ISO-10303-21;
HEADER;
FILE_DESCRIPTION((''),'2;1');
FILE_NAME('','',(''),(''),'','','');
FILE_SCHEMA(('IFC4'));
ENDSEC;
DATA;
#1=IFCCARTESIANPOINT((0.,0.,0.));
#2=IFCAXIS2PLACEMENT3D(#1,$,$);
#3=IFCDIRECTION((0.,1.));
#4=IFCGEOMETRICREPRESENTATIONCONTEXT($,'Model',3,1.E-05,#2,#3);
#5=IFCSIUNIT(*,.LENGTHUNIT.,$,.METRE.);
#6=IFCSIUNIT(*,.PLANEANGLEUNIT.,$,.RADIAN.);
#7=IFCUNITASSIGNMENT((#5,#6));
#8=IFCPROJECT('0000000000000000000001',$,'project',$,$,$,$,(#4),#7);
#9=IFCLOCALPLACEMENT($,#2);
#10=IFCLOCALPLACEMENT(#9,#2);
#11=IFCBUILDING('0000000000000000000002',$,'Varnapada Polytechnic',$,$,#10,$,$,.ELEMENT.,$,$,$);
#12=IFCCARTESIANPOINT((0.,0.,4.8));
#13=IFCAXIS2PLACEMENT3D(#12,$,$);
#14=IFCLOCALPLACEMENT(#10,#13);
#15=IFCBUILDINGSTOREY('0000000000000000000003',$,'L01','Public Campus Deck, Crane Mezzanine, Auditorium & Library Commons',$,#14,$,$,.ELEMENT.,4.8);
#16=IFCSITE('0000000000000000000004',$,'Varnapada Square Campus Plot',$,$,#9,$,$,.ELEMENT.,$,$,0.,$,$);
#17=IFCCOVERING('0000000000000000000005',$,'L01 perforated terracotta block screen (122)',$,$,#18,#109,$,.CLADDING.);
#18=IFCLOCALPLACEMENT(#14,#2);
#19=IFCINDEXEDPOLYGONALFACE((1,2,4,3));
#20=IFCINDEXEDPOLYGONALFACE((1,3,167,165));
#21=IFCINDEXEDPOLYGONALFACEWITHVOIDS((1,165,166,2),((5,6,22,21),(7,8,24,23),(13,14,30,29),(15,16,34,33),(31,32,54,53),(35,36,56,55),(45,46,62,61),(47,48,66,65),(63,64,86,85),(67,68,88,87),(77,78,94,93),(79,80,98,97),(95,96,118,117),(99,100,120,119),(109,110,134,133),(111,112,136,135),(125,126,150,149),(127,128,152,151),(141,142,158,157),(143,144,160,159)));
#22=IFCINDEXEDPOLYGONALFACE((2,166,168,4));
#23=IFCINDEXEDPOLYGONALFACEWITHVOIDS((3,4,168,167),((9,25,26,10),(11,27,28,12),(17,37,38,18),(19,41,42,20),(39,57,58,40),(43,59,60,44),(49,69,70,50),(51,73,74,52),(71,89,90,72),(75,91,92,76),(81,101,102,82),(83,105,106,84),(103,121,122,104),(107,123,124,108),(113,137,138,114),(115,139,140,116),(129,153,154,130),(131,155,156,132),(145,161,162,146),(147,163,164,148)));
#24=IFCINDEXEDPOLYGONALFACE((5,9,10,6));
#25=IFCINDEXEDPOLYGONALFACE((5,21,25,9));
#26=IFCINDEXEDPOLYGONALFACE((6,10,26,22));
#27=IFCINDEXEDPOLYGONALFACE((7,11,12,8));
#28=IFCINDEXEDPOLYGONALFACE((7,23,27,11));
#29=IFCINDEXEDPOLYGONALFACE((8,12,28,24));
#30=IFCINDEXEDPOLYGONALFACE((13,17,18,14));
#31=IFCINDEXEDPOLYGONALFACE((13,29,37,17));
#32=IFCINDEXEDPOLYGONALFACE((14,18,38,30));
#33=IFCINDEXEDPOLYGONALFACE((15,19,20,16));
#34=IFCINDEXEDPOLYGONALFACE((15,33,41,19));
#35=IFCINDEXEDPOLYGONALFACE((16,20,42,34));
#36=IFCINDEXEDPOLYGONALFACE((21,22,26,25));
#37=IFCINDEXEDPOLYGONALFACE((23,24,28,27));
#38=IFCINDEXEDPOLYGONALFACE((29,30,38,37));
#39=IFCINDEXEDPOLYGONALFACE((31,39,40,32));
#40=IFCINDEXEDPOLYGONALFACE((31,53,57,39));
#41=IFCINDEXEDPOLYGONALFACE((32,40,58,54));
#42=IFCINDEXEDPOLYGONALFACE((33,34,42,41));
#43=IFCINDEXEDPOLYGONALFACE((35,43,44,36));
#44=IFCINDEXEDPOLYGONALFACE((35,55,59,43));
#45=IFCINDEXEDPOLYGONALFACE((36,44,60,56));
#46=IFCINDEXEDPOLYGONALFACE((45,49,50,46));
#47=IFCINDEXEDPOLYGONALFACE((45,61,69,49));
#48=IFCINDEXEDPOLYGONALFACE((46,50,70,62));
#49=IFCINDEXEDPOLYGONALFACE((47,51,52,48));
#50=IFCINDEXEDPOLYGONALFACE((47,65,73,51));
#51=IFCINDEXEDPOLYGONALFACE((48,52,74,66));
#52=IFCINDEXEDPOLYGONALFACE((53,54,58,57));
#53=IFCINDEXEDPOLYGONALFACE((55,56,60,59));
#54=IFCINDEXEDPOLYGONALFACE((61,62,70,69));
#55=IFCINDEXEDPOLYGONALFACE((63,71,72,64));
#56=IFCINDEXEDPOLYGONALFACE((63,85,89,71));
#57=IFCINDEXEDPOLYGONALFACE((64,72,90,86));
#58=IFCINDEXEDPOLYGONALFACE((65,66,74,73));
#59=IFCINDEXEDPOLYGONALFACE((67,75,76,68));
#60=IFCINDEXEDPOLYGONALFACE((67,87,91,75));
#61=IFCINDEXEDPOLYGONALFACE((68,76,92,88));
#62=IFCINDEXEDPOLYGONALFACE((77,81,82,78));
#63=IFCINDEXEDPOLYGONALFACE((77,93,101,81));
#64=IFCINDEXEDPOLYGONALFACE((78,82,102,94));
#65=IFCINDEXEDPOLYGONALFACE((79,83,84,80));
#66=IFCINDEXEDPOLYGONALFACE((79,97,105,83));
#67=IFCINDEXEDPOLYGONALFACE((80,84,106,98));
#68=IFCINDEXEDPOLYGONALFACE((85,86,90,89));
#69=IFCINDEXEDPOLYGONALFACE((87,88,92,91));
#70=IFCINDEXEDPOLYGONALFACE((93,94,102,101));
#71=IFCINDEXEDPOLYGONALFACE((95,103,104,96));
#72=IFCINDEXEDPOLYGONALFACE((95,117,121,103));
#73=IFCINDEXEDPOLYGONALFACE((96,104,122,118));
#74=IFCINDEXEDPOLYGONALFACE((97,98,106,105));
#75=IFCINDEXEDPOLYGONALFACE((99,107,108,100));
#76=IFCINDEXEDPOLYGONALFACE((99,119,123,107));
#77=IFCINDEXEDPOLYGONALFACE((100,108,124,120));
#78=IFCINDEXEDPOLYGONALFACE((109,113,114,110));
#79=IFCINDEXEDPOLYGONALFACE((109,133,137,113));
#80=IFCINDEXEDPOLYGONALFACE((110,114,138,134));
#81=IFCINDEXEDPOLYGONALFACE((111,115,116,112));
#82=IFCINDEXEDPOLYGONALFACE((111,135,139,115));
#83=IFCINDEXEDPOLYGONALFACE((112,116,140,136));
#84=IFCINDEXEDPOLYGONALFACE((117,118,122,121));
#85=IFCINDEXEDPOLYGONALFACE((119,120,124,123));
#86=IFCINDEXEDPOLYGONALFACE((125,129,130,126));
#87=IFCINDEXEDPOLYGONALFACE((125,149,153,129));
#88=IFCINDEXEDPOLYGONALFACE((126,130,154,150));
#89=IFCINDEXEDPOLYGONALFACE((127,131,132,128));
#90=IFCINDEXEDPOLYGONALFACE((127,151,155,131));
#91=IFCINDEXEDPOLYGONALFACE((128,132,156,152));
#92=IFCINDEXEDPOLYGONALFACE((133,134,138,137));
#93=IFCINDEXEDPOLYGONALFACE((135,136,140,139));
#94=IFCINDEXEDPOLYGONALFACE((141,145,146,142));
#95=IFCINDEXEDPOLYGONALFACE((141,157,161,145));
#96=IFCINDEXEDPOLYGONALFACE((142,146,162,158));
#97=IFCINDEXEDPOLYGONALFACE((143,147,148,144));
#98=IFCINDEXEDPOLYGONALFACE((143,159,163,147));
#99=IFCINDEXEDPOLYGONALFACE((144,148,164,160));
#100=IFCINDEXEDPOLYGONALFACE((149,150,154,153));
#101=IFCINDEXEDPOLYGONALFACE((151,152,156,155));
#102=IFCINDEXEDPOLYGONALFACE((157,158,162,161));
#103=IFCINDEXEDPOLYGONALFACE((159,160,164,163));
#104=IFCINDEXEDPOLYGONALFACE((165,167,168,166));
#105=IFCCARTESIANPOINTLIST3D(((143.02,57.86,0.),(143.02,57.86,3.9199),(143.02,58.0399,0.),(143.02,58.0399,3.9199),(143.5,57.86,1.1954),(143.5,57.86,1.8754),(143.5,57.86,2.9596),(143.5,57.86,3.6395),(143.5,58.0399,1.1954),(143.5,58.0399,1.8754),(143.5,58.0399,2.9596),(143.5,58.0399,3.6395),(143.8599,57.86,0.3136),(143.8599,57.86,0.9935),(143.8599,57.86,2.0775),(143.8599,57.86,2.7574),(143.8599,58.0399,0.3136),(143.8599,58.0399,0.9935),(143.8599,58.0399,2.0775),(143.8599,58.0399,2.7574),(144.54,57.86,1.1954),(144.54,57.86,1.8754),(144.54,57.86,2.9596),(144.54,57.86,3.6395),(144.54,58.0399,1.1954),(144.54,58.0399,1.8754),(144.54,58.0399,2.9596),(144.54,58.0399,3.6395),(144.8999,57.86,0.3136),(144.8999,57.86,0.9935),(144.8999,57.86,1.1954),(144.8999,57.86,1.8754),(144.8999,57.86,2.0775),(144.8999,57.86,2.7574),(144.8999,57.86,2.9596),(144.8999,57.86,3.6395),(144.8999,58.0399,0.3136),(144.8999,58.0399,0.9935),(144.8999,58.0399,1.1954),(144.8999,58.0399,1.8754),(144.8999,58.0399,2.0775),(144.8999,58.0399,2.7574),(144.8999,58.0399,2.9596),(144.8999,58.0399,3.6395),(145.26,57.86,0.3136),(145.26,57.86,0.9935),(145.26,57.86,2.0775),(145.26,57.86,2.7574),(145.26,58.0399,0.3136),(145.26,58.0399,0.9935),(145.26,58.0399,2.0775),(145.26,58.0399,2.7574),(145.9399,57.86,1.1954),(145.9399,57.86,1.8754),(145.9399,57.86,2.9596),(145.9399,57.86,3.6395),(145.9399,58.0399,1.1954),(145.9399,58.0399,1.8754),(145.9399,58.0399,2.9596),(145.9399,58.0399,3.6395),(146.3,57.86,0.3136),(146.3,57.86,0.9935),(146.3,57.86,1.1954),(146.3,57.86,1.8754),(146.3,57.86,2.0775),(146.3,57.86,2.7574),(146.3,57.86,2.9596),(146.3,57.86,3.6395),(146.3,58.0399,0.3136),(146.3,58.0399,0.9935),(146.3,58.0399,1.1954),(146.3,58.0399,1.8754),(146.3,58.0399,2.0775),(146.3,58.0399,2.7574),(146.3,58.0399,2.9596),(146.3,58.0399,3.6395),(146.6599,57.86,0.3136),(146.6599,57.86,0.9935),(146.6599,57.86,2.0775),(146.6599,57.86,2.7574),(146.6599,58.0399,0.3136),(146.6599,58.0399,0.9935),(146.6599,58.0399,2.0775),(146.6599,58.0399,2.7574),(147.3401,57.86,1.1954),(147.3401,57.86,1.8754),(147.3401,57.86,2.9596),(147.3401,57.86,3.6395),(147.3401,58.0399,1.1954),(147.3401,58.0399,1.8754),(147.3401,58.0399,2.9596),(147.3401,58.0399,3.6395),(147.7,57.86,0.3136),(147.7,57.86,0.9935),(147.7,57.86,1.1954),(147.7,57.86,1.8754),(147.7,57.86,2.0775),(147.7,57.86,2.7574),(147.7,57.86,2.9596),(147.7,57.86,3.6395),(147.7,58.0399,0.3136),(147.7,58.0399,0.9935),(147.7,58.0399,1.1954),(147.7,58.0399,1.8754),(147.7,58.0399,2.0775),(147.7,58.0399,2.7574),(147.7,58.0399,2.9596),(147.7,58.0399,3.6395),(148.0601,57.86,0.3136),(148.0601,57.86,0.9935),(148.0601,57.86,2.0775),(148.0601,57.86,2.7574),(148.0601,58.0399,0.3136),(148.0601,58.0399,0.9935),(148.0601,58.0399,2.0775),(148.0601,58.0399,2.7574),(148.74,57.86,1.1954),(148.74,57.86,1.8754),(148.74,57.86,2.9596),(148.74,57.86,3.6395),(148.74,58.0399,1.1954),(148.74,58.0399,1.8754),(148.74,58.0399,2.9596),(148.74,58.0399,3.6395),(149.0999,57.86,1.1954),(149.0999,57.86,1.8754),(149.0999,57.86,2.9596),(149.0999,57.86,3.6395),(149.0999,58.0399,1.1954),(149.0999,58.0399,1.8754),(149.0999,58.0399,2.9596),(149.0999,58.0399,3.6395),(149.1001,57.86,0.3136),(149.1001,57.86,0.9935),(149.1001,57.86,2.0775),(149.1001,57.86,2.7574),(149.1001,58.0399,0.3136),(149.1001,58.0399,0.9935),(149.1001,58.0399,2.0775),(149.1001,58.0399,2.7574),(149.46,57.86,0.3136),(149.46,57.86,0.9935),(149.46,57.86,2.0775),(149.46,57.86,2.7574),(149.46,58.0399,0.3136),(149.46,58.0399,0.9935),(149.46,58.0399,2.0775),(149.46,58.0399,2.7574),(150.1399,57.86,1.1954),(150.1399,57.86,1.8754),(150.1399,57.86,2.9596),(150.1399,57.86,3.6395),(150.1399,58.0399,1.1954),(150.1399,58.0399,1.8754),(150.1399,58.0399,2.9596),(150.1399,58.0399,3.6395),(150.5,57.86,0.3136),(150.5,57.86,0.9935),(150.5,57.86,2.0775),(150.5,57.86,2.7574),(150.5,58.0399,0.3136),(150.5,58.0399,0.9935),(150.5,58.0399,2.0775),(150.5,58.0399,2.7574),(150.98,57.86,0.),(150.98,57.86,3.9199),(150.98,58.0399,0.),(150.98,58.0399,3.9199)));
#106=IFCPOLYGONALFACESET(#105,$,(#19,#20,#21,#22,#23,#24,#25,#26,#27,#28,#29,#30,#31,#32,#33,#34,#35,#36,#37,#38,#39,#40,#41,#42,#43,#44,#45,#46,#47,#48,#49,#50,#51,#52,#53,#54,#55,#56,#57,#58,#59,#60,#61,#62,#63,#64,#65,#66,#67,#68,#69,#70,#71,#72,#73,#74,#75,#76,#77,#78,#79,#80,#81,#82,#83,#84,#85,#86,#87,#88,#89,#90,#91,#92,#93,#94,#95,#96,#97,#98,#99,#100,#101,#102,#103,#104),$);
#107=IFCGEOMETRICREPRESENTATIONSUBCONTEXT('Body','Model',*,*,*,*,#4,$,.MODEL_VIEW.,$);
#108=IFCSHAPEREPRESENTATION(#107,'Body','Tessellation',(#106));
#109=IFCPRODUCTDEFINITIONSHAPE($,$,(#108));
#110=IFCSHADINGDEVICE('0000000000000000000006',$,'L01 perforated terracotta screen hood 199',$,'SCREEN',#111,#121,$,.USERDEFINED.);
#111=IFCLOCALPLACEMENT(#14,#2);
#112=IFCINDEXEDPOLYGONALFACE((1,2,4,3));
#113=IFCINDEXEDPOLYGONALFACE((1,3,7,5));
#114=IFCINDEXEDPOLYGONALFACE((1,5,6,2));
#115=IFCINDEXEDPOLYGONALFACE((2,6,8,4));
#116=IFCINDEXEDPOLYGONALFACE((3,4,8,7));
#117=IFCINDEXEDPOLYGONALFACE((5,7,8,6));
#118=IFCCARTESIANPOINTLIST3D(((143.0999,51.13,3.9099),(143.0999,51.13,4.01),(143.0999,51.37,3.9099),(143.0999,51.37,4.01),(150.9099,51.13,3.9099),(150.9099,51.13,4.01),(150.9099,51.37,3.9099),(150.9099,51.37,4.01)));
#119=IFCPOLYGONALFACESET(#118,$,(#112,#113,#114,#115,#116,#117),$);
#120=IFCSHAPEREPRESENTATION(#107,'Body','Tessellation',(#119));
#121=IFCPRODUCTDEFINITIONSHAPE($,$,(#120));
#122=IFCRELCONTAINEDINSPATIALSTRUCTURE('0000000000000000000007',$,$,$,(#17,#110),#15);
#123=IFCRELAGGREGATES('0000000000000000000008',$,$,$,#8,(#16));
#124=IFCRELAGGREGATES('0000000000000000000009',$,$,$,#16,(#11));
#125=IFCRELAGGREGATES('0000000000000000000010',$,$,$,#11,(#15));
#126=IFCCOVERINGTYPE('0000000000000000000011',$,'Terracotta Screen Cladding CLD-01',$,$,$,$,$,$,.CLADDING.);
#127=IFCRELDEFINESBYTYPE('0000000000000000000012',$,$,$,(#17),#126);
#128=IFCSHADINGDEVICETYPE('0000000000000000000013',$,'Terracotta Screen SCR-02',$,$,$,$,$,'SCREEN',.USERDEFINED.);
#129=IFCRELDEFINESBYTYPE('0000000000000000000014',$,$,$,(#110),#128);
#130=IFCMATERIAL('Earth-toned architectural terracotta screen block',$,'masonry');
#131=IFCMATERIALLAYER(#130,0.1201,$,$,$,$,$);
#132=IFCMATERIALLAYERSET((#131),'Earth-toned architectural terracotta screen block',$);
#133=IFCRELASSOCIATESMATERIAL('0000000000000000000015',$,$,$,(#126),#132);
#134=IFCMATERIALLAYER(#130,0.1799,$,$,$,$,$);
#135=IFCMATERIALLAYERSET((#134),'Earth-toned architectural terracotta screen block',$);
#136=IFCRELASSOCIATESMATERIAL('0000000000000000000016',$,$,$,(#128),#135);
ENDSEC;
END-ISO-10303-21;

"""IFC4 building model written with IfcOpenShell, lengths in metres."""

from ifc_helpers import new_model, si_unit, direction, frame, frame_2d, origin, origin_2d, place, context, subcontext, project, spatial, rectangle, extrude, material, layer, layer_set, type_object, element, save


model = new_model("IFC4")

# Units and contexts
model_context = context("Model", 3, precision=1e-05, world=origin(), true_north=direction((0.0, 1.0)))
body_context = subcontext(model_context, "Body", "Model", "MODEL_VIEW")
ifc_project = project(units=[si_unit("LENGTHUNIT", "METRE"), si_unit("PLANEANGLEUNIT", "RADIAN")], contexts=[model_context])

# Site, building, storey
site_placement = place(None, origin())
site = spatial("IfcSite", under=ifc_project, at=site_placement, Name="Varnapada Square Campus Plot", CompositionType="ELEMENT", RefElevation=0.0)
building_placement = place(site_placement, origin())
building = spatial("IfcBuilding", under=site, at=building_placement, Name="Varnapada Polytechnic", CompositionType="ELEMENT")
storey_placement = place(building_placement, frame((0.0, 0.0, 4.8)))
storey = spatial("IfcBuildingStorey", under=building, at=storey_placement, Name="L01", Description="Public Campus Deck, Crane Mezzanine, Auditorium & Library Commons", CompositionType="ELEMENT", Elevation=4.8)

# Covering, openings
ifc_material_1 = material(Name="Earth-toned architectural terracotta screen block", Category="masonry")
ifc_layer_1 = layer(ifc_material_1, 0.1201)
ifc_layer_set_1 = layer_set([ifc_layer_1], Name="Earth-toned architectural terracotta screen block")
covering_type = type_object("IfcCoveringType", Name="Terracotta Screen Cladding CLD-01", PredefinedType="CLADDING", material=ifc_layer_set_1)
covering_placement = place(storey_placement, frame((150.98, 57.95, 0.0), z_axis=(0.0, 0.0, 1.0), x_axis=(-1.0, 0.0, 0.0)))
covering = element("IfcCovering", 1, at=covering_placement, inside=storey, type_object=covering_type, Name="L01 perforated terracotta block screen (122)", PredefinedType="CLADDING", context=body_context, shape_type="SweptSolid", body=[
    extrude(rectangle(XDim=7.96, YDim=0.1799, at=frame_2d((3.98, 0.0))), origin(), (0.0, 0.0, 1.0), 3.9199),
])
opening_1_placement = place(covering_placement, frame((0.48, 0.0, 0.3137)))
element("IfcOpeningElement", 2, at=opening_1_placement, cuts=covering, PredefinedType="OPENING", context=body_context, shape_type="SweptSolid", body=[
    extrude(rectangle(XDim=1.04, YDim=0.6799, at=frame_2d((0.52, 0.3398))), frame((0.0, 0.0999, 0.0), z_axis=(0.0, -1.0, 0.0), x_axis=(1.0, 0.0, 0.0)), (0.0, 0.0, 1.0), 0.2),
])
opening_2_placement = place(covering_placement, frame((1.8799, 0.0, 0.3137)))
element("IfcOpeningElement", 3, at=opening_2_placement, cuts=covering, PredefinedType="OPENING", context=body_context, shape_type="SweptSolid", body=[
    extrude(rectangle(XDim=1.04, YDim=0.6799, at=frame_2d((0.52, 0.3398))), frame((0.0, 0.0999, 0.0), z_axis=(0.0, -1.0, 0.0), x_axis=(1.0, 0.0, 0.0)), (0.0, 0.0, 1.0), 0.2),
])
opening_3_placement = place(covering_placement, frame((3.28, 0.0, 0.3137)))
element("IfcOpeningElement", 4, at=opening_3_placement, cuts=covering, PredefinedType="OPENING", context=body_context, shape_type="SweptSolid", body=[
    extrude(rectangle(XDim=1.04, YDim=0.6799, at=frame_2d((0.52, 0.3398))), frame((0.0, 0.0999, 0.0), z_axis=(0.0, -1.0, 0.0), x_axis=(1.0, 0.0, 0.0)), (0.0, 0.0, 1.0), 0.2),
])
opening_4_placement = place(covering_placement, frame((4.6799, 0.0, 0.3137)))
element("IfcOpeningElement", 5, at=opening_4_placement, cuts=covering, PredefinedType="OPENING", context=body_context, shape_type="SweptSolid", body=[
    extrude(rectangle(XDim=1.04, YDim=0.6799, at=frame_2d((0.52, 0.3398))), frame((0.0, 0.0999, 0.0), z_axis=(0.0, -1.0, 0.0), x_axis=(1.0, 0.0, 0.0)), (0.0, 0.0, 1.0), 0.2),
])
opening_5_placement = place(covering_placement, frame((6.0801, 0.0, 0.3137)))
element("IfcOpeningElement", 6, at=opening_5_placement, cuts=covering, PredefinedType="OPENING", context=body_context, shape_type="SweptSolid", body=[
    extrude(rectangle(XDim=1.04, YDim=0.6799, at=frame_2d((0.52, 0.3398))), frame((0.0, 0.0999, 0.0), z_axis=(0.0, -1.0, 0.0), x_axis=(1.0, 0.0, 0.0)), (0.0, 0.0, 1.0), 0.2),
])
opening_6_placement = place(covering_placement, frame((0.8401, 0.0, 1.1956)))
element("IfcOpeningElement", 7, at=opening_6_placement, cuts=covering, PredefinedType="OPENING", context=body_context, shape_type="SweptSolid", body=[
    extrude(rectangle(XDim=1.04, YDim=0.6799, at=frame_2d((0.52, 0.3398))), frame((0.0, 0.0999, 0.0), z_axis=(0.0, -1.0, 0.0), x_axis=(1.0, 0.0, 0.0)), (0.0, 0.0, 1.0), 0.2),
])
opening_7_placement = place(covering_placement, frame((2.24, 0.0, 1.1956)))
element("IfcOpeningElement", 8, at=opening_7_placement, cuts=covering, PredefinedType="OPENING", context=body_context, shape_type="SweptSolid", body=[
    extrude(rectangle(XDim=1.04, YDim=0.6799, at=frame_2d((0.52, 0.3398))), frame((0.0, 0.0999, 0.0), z_axis=(0.0, -1.0, 0.0), x_axis=(1.0, 0.0, 0.0)), (0.0, 0.0, 1.0), 0.2),
])
opening_8_placement = place(covering_placement, frame((3.6399, 0.0, 1.1956)))
element("IfcOpeningElement", 9, at=opening_8_placement, cuts=covering, PredefinedType="OPENING", context=body_context, shape_type="SweptSolid", body=[
    extrude(rectangle(XDim=1.04, YDim=0.6799, at=frame_2d((0.52, 0.3398))), frame((0.0, 0.0999, 0.0), z_axis=(0.0, -1.0, 0.0), x_axis=(1.0, 0.0, 0.0)), (0.0, 0.0, 1.0), 0.2),
])
opening_9_placement = place(covering_placement, frame((5.04, 0.0, 1.1956)))
element("IfcOpeningElement", 10, at=opening_9_placement, cuts=covering, PredefinedType="OPENING", context=body_context, shape_type="SweptSolid", body=[
    extrude(rectangle(XDim=1.04, YDim=0.6799, at=frame_2d((0.52, 0.3398))), frame((0.0, 0.0999, 0.0), z_axis=(0.0, -1.0, 0.0), x_axis=(1.0, 0.0, 0.0)), (0.0, 0.0, 1.0), 0.2),
])
opening_10_placement = place(covering_placement, frame((6.4399, 0.0, 1.1956)))
element("IfcOpeningElement", 11, at=opening_10_placement, cuts=covering, PredefinedType="OPENING", context=body_context, shape_type="SweptSolid", body=[
    extrude(rectangle(XDim=1.04, YDim=0.6799, at=frame_2d((0.52, 0.3398))), frame((0.0, 0.0999, 0.0), z_axis=(0.0, -1.0, 0.0), x_axis=(1.0, 0.0, 0.0)), (0.0, 0.0, 1.0), 0.2),
])
opening_11_placement = place(covering_placement, frame((0.48, 0.0, 2.0776)))
element("IfcOpeningElement", 12, at=opening_11_placement, cuts=covering, PredefinedType="OPENING", context=body_context, shape_type="SweptSolid", body=[
    extrude(rectangle(XDim=1.04, YDim=0.6799, at=frame_2d((0.52, 0.3398))), frame((0.0, 0.0999, 0.0), z_axis=(0.0, -1.0, 0.0), x_axis=(1.0, 0.0, 0.0)), (0.0, 0.0, 1.0), 0.2),
])
opening_12_placement = place(covering_placement, frame((1.8799, 0.0, 2.0776)))
element("IfcOpeningElement", 13, at=opening_12_placement, cuts=covering, PredefinedType="OPENING", context=body_context, shape_type="SweptSolid", body=[
    extrude(rectangle(XDim=1.04, YDim=0.6799, at=frame_2d((0.52, 0.3398))), frame((0.0, 0.0999, 0.0), z_axis=(0.0, -1.0, 0.0), x_axis=(1.0, 0.0, 0.0)), (0.0, 0.0, 1.0), 0.2),
])
opening_13_placement = place(covering_placement, frame((3.28, 0.0, 2.0776)))
element("IfcOpeningElement", 14, at=opening_13_placement, cuts=covering, PredefinedType="OPENING", context=body_context, shape_type="SweptSolid", body=[
    extrude(rectangle(XDim=1.04, YDim=0.6799, at=frame_2d((0.52, 0.3398))), frame((0.0, 0.0999, 0.0), z_axis=(0.0, -1.0, 0.0), x_axis=(1.0, 0.0, 0.0)), (0.0, 0.0, 1.0), 0.2),
])
opening_14_placement = place(covering_placement, frame((4.6799, 0.0, 2.0776)))
element("IfcOpeningElement", 15, at=opening_14_placement, cuts=covering, PredefinedType="OPENING", context=body_context, shape_type="SweptSolid", body=[
    extrude(rectangle(XDim=1.04, YDim=0.6799, at=frame_2d((0.52, 0.3398))), frame((0.0, 0.0999, 0.0), z_axis=(0.0, -1.0, 0.0), x_axis=(1.0, 0.0, 0.0)), (0.0, 0.0, 1.0), 0.2),
])
opening_15_placement = place(covering_placement, frame((6.0801, 0.0, 2.0776)))
element("IfcOpeningElement", 16, at=opening_15_placement, cuts=covering, PredefinedType="OPENING", context=body_context, shape_type="SweptSolid", body=[
    extrude(rectangle(XDim=1.04, YDim=0.6799, at=frame_2d((0.52, 0.3398))), frame((0.0, 0.0999, 0.0), z_axis=(0.0, -1.0, 0.0), x_axis=(1.0, 0.0, 0.0)), (0.0, 0.0, 1.0), 0.2),
])
opening_16_placement = place(covering_placement, frame((0.8401, 0.0, 2.9597)))
element("IfcOpeningElement", 17, at=opening_16_placement, cuts=covering, PredefinedType="OPENING", context=body_context, shape_type="SweptSolid", body=[
    extrude(rectangle(XDim=1.04, YDim=0.6799, at=frame_2d((0.52, 0.3398))), frame((0.0, 0.0999, 0.0), z_axis=(0.0, -1.0, 0.0), x_axis=(1.0, 0.0, 0.0)), (0.0, 0.0, 1.0), 0.2),
])
opening_17_placement = place(covering_placement, frame((2.24, 0.0, 2.9597)))
element("IfcOpeningElement", 18, at=opening_17_placement, cuts=covering, PredefinedType="OPENING", context=body_context, shape_type="SweptSolid", body=[
    extrude(rectangle(XDim=1.04, YDim=0.6799, at=frame_2d((0.52, 0.3398))), frame((0.0, 0.0999, 0.0), z_axis=(0.0, -1.0, 0.0), x_axis=(1.0, 0.0, 0.0)), (0.0, 0.0, 1.0), 0.2),
])
opening_18_placement = place(covering_placement, frame((3.6399, 0.0, 2.9597)))
element("IfcOpeningElement", 19, at=opening_18_placement, cuts=covering, PredefinedType="OPENING", context=body_context, shape_type="SweptSolid", body=[
    extrude(rectangle(XDim=1.04, YDim=0.6799, at=frame_2d((0.52, 0.3398))), frame((0.0, 0.0999, 0.0), z_axis=(0.0, -1.0, 0.0), x_axis=(1.0, 0.0, 0.0)), (0.0, 0.0, 1.0), 0.2),
])
opening_19_placement = place(covering_placement, frame((5.04, 0.0, 2.9597)))
element("IfcOpeningElement", 20, at=opening_19_placement, cuts=covering, PredefinedType="OPENING", context=body_context, shape_type="SweptSolid", body=[
    extrude(rectangle(XDim=1.04, YDim=0.6799, at=frame_2d((0.52, 0.3398))), frame((0.0, 0.0999, 0.0), z_axis=(0.0, -1.0, 0.0), x_axis=(1.0, 0.0, 0.0)), (0.0, 0.0, 1.0), 0.2),
])
opening_20_placement = place(covering_placement, frame((6.4399, 0.0, 2.9597)))
element("IfcOpeningElement", 21, at=opening_20_placement, cuts=covering, PredefinedType="OPENING", context=body_context, shape_type="SweptSolid", body=[
    extrude(rectangle(XDim=1.04, YDim=0.6799, at=frame_2d((0.52, 0.3398))), frame((0.0, 0.0999, 0.0), z_axis=(0.0, -1.0, 0.0), x_axis=(1.0, 0.0, 0.0)), (0.0, 0.0, 1.0), 0.2),
])

# Shading device
ifc_layer_2 = layer(ifc_material_1, 0.1799)
ifc_layer_set_2 = layer_set([ifc_layer_2], Name="Earth-toned architectural terracotta screen block")
shading_device_type_1 = type_object("IfcShadingDeviceType", Name="Terracotta Screen SCR-02", ElementType="SCREEN", PredefinedType="USERDEFINED", material=ifc_layer_set_2)
shading_device_1_placement = place(storey_placement, frame((147.0049, 51.25, 3.9099), z_axis=(0.0, 0.0, 1.0), x_axis=(1.0, 0.0, 0.0)))
element("IfcShadingDevice", 22, at=shading_device_1_placement, inside=storey, type_object=shading_device_type_1, Name="L01 perforated terracotta screen hood 199", ObjectType="SCREEN", PredefinedType="USERDEFINED", context=body_context, shape_type="SweptSolid", body=[
    extrude(rectangle(XDim=7.8101, YDim=0.24, at=origin_2d()), origin(), (0.0, 0.0, 1.0), 0.1001),
])

save(model, "model.ifc")
